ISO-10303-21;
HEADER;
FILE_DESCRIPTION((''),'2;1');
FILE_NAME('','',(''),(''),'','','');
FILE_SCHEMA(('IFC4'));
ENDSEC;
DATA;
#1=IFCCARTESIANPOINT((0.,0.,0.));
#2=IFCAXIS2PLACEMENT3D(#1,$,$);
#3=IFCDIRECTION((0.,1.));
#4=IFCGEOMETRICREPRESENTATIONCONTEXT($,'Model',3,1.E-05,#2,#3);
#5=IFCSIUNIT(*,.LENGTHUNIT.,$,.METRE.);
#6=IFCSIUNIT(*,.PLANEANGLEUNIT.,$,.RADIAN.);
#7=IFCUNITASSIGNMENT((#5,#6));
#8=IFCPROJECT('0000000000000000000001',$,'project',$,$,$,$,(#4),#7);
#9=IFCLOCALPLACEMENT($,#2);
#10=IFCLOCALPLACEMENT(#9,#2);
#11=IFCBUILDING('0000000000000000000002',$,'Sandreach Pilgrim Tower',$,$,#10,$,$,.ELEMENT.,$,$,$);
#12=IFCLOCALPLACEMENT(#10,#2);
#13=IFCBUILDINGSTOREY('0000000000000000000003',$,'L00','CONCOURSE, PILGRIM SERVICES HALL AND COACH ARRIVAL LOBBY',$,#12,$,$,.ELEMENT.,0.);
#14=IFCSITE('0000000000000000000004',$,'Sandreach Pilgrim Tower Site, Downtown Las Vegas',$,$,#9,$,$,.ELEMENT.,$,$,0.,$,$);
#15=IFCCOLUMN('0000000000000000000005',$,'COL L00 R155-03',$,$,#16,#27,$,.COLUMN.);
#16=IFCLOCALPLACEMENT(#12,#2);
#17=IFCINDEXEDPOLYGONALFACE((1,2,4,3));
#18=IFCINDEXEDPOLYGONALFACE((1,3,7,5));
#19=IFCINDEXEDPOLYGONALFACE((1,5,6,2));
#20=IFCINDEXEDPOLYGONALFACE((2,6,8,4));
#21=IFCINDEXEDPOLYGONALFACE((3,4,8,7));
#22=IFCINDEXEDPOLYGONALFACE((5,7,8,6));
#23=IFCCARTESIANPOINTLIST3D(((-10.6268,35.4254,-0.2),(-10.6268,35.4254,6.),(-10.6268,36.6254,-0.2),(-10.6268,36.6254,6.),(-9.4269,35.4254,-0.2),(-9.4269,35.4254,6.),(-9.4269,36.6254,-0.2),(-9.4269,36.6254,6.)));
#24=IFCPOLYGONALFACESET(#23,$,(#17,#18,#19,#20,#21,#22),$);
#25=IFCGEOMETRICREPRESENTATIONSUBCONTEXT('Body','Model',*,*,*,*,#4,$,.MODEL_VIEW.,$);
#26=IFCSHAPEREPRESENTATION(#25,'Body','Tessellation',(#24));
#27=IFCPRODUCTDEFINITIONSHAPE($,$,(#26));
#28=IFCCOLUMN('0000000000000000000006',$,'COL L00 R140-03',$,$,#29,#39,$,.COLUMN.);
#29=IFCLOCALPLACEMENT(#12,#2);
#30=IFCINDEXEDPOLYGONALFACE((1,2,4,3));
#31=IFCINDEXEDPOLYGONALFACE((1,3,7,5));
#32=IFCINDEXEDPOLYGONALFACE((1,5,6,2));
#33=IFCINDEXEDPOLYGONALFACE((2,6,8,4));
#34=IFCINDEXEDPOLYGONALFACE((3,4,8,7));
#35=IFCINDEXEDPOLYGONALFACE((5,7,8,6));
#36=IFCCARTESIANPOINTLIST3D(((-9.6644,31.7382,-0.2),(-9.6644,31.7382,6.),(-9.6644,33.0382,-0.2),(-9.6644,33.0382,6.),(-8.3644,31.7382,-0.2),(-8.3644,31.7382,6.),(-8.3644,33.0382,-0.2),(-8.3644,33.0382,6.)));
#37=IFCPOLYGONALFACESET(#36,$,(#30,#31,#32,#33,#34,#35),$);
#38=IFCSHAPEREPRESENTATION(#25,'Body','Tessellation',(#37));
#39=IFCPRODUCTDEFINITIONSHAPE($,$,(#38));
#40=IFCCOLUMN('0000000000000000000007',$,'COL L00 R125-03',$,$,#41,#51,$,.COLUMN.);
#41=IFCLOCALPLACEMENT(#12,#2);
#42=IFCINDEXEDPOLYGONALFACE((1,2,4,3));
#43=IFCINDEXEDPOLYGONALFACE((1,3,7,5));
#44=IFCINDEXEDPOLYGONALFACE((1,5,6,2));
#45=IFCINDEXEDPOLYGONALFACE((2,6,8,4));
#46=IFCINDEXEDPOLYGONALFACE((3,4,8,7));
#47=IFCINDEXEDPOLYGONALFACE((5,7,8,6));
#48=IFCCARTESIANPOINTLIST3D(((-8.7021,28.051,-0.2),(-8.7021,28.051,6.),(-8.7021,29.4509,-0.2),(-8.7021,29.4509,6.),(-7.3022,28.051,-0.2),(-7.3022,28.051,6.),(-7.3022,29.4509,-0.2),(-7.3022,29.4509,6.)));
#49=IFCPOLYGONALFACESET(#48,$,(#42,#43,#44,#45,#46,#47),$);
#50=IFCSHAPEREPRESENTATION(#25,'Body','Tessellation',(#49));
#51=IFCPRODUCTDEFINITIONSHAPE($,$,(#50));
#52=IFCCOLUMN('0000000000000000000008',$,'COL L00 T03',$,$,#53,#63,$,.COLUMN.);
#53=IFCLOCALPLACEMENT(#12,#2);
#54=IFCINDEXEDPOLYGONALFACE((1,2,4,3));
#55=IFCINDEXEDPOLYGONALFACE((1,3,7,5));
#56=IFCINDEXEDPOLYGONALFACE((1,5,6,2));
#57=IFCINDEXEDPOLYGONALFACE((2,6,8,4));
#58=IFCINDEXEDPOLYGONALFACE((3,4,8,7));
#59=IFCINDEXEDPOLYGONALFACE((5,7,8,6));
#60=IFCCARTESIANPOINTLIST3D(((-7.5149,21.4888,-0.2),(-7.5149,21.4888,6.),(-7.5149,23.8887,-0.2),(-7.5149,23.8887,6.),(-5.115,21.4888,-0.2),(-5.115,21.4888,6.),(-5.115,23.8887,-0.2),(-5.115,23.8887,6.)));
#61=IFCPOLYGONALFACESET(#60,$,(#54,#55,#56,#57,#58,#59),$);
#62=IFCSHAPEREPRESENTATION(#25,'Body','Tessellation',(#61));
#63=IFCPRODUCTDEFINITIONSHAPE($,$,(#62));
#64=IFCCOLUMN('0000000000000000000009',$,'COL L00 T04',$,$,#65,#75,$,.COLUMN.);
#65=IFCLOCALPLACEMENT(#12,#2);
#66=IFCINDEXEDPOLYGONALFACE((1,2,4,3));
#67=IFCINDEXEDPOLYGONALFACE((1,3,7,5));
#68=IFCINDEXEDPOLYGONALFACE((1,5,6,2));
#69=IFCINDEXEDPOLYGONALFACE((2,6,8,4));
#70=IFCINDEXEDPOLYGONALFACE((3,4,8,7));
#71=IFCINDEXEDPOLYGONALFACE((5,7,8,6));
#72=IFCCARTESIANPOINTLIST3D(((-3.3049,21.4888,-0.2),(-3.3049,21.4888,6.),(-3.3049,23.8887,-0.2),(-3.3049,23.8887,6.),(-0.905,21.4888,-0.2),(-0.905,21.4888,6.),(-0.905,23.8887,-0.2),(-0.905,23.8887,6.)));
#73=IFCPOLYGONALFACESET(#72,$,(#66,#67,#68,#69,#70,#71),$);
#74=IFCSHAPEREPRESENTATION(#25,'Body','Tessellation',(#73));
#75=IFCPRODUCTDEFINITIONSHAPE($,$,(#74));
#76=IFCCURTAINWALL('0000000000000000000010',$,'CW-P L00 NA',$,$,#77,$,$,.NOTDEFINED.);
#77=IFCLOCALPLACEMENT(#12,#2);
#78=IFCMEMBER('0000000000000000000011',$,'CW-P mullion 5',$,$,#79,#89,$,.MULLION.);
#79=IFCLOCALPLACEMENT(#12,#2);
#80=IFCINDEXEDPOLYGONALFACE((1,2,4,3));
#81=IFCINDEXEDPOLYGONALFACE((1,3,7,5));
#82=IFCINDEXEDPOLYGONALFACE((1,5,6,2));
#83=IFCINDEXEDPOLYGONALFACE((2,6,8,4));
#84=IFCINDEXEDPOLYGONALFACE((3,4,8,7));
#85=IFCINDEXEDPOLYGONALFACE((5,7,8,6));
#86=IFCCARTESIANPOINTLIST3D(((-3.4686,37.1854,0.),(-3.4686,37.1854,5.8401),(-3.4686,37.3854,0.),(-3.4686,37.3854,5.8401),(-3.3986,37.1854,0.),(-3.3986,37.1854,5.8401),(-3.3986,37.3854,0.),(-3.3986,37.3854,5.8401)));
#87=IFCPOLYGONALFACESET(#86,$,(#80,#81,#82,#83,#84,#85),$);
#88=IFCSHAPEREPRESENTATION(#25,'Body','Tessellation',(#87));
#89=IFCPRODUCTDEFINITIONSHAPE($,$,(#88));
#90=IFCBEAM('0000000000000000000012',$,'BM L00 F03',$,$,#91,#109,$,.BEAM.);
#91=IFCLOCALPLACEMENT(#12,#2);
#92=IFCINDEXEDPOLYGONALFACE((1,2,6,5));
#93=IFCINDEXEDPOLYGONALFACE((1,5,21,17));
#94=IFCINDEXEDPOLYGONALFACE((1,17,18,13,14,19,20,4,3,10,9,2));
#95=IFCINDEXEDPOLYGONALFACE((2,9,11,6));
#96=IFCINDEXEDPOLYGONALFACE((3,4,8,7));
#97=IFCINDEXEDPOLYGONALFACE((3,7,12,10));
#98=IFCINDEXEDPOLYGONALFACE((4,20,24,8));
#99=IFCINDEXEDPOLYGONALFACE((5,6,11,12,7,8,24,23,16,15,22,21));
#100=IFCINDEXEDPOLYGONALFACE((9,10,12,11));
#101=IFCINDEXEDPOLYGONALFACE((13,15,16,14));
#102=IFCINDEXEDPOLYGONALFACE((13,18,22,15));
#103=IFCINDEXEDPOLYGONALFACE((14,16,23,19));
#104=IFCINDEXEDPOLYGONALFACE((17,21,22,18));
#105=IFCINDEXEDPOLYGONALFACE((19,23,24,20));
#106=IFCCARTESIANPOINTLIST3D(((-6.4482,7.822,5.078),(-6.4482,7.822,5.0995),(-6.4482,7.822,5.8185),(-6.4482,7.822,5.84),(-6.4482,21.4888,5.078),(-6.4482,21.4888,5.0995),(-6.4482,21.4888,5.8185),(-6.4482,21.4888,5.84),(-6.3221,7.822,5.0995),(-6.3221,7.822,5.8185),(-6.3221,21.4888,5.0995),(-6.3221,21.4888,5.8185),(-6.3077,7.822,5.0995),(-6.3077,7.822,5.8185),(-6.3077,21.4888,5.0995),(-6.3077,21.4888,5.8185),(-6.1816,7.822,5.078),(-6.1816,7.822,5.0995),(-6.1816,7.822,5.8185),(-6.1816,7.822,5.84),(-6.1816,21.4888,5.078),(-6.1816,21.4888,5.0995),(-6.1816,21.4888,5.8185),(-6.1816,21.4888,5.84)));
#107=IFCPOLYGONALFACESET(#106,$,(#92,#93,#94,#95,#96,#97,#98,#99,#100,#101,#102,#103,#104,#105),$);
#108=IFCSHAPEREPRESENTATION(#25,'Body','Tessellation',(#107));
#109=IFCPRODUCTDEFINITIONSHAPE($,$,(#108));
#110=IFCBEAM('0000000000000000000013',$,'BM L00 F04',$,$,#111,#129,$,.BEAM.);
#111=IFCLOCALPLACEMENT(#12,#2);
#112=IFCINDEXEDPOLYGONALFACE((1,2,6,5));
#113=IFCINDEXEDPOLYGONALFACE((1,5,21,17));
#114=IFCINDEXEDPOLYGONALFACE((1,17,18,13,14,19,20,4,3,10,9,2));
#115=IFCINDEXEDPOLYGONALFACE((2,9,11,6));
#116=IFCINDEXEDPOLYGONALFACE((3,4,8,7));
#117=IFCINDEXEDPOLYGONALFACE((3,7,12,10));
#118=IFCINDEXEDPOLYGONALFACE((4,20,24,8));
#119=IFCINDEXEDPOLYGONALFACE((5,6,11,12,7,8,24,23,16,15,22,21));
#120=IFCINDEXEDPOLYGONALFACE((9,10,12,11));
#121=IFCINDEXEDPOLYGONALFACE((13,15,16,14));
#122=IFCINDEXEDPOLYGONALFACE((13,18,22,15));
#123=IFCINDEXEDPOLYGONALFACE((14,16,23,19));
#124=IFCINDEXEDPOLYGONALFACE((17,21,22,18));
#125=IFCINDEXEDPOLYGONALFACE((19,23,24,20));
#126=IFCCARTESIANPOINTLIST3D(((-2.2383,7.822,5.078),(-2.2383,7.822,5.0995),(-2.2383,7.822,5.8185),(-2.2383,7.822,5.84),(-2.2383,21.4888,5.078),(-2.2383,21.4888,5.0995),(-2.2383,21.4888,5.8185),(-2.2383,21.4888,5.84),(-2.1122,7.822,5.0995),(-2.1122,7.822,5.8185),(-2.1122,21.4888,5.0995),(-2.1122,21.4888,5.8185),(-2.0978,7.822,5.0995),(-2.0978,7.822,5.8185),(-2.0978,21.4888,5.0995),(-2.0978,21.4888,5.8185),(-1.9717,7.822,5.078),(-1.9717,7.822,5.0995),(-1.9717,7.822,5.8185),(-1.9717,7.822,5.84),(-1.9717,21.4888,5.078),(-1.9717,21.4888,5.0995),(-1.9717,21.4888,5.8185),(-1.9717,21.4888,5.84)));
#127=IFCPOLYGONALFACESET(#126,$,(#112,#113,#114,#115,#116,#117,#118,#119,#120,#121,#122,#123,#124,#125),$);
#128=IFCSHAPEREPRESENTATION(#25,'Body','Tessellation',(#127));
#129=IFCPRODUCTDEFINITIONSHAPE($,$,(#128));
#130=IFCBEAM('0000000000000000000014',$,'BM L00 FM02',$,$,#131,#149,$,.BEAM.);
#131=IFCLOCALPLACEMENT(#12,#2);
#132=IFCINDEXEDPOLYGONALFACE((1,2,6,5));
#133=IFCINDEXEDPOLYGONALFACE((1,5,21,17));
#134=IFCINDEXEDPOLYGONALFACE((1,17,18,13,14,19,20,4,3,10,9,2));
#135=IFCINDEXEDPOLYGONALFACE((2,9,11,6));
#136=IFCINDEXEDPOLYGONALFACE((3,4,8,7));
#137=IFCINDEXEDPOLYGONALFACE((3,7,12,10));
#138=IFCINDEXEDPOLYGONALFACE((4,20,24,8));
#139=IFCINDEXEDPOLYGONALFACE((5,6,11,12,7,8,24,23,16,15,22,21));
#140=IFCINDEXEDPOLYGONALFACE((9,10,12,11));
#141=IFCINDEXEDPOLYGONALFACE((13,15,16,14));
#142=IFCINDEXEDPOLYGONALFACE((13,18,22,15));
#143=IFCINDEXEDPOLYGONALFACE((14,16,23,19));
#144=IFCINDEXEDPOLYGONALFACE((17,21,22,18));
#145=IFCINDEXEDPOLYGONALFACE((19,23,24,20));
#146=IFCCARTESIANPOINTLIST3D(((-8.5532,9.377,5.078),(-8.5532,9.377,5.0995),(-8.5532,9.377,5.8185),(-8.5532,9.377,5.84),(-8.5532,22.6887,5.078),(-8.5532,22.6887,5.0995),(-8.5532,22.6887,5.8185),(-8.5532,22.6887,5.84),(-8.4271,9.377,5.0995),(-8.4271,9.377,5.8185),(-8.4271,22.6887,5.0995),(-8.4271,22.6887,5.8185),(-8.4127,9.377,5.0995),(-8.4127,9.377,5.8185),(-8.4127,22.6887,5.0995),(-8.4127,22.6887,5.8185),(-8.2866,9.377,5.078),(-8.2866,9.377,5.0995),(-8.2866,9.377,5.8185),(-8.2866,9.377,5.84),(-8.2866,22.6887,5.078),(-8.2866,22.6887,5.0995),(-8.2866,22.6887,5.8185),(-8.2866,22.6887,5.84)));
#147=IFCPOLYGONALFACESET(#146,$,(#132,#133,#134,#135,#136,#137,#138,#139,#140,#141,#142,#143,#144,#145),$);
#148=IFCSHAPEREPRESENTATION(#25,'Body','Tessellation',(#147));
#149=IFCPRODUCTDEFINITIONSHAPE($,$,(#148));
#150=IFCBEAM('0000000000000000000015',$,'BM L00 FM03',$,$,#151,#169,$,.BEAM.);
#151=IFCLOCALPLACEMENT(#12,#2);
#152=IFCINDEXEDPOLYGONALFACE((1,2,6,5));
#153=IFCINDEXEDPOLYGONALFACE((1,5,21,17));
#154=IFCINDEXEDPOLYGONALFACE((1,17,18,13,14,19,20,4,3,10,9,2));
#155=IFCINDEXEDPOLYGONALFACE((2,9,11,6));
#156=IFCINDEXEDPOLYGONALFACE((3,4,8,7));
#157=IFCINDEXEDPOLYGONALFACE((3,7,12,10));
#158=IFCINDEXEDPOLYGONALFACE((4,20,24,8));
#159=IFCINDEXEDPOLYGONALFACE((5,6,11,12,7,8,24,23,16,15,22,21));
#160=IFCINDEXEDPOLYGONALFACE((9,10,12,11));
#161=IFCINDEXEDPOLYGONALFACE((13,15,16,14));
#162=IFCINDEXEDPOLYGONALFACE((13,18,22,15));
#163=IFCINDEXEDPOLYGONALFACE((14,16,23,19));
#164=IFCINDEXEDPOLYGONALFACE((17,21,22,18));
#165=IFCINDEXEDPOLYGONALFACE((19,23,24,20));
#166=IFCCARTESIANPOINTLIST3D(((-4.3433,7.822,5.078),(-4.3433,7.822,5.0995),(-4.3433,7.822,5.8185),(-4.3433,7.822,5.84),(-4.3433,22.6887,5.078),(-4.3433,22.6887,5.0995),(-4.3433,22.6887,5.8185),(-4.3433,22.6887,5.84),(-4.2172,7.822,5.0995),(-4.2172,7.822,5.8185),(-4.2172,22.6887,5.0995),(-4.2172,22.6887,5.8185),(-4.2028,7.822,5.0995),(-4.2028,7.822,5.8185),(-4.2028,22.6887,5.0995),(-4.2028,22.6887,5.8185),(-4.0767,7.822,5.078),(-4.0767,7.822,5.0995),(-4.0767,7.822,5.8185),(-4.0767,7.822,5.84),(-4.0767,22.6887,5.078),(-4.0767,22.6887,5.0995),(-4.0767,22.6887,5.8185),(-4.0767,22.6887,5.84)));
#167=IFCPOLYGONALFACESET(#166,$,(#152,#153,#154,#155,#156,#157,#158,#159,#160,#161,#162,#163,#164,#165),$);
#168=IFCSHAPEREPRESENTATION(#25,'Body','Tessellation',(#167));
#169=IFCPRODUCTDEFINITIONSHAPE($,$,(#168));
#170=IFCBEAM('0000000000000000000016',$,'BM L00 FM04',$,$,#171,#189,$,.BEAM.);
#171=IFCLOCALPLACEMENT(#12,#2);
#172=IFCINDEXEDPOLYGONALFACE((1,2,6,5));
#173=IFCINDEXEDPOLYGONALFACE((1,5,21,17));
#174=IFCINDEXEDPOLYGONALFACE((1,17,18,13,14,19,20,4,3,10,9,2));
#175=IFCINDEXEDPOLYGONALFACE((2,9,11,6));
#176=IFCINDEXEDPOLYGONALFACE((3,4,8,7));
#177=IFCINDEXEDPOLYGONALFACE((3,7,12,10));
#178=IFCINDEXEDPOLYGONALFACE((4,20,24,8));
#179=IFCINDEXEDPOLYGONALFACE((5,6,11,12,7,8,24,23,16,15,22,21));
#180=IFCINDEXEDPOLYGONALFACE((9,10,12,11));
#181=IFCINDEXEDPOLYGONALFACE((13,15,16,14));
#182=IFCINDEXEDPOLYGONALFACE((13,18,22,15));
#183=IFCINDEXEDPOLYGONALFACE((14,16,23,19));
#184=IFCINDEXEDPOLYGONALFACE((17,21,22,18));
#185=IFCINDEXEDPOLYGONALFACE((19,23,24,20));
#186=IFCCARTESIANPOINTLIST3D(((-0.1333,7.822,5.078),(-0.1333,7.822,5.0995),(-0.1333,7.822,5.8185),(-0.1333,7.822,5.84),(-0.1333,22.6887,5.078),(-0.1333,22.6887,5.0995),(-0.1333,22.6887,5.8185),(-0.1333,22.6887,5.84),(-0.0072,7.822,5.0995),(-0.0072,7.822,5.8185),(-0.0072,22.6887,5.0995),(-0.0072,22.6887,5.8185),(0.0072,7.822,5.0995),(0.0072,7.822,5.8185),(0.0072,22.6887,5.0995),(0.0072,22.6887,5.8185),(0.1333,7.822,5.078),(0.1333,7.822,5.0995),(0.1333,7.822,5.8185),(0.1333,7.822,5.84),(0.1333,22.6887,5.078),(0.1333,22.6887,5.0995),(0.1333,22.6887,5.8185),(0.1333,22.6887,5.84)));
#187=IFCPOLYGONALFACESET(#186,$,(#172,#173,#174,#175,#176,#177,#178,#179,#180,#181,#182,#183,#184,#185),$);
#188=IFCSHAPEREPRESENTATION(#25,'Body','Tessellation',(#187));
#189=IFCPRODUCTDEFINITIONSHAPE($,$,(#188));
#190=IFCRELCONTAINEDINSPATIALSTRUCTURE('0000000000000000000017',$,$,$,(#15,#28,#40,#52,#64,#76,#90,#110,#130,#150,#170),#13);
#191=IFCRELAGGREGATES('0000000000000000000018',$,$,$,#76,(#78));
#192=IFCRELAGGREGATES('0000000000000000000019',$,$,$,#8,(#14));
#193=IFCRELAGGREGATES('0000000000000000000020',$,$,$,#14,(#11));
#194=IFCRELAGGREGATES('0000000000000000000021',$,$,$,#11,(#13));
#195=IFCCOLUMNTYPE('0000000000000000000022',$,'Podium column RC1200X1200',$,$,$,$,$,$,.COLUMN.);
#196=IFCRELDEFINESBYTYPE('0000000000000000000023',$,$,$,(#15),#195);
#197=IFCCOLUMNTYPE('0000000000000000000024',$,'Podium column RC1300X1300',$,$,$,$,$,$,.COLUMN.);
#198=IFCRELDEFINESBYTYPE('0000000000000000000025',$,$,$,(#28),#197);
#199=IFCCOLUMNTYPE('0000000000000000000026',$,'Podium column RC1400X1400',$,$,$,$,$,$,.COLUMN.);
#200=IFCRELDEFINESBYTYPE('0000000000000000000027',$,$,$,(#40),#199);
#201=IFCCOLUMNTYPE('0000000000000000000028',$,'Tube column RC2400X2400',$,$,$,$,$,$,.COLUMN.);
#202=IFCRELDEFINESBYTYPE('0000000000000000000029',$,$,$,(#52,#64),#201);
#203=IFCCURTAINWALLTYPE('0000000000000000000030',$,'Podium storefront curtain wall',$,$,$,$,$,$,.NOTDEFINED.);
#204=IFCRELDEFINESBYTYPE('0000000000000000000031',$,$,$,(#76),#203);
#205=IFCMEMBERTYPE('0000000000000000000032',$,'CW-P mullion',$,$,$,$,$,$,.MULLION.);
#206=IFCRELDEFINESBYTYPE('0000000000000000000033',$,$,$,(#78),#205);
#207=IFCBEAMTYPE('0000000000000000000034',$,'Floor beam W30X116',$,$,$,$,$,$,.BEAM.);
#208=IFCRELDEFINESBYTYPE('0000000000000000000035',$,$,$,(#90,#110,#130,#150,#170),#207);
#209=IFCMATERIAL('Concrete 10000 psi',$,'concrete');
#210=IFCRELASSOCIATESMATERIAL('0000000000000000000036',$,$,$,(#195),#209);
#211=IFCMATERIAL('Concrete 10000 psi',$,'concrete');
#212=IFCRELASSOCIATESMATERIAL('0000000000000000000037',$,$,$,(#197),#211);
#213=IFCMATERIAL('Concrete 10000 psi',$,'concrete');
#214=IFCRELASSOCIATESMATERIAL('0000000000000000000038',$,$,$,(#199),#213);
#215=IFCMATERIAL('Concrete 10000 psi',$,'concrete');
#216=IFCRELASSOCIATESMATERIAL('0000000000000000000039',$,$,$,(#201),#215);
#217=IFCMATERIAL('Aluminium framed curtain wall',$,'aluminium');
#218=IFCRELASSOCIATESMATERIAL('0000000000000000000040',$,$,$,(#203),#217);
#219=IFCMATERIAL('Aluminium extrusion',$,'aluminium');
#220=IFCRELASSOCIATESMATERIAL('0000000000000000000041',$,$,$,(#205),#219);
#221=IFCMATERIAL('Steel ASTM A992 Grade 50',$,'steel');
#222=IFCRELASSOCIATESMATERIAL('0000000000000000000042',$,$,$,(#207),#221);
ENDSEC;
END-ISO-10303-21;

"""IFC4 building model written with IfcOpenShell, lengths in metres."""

from ifc_helpers import new_model, si_unit, direction, frame, origin, origin_2d, place, context, subcontext, project, spatial, rectangle, i_section, extrude, material, material_profile, profile_set, type_object, element, aggregate, save


model = new_model("IFC4")

# Units and contexts
model_context = context("Model", 3, precision=1e-05, world=origin(), true_north=direction((0.0, 1.0)))
body_context = subcontext(model_context, "Body", "Model", "MODEL_VIEW")
ifc_project = project(units=[si_unit("LENGTHUNIT", "METRE"), si_unit("PLANEANGLEUNIT", "RADIAN")], contexts=[model_context])

# Site, building, storey
site_placement = place(None, origin())
site = spatial("IfcSite", under=ifc_project, at=site_placement, Name="Sandreach Pilgrim Tower Site, Downtown Las Vegas", CompositionType="ELEMENT", RefElevation=0.0)
building_placement = place(site_placement, origin())
building = spatial("IfcBuilding", under=site, at=building_placement, Name="Sandreach Pilgrim Tower", CompositionType="ELEMENT")
storey_placement = place(building_placement, origin())
storey = spatial("IfcBuildingStorey", under=building, at=storey_placement, Name="L00", Description="CONCOURSE, PILGRIM SERVICES HALL AND COACH ARRIVAL LOBBY", CompositionType="ELEMENT", Elevation=0.0)

# Columns
ifc_material_1 = material(Name="Concrete 10000 psi", Category="concrete")
ifc_material_profile_1 = material_profile(ifc_material_1, rectangle(XDim=1.2, YDim=1.2, at=origin_2d()), Name="RC1200X1200")
ifc_profile_set_1 = profile_set([ifc_material_profile_1], Name="Concrete 10000 psi")
column_type_1 = type_object("IfcColumnType", Name="Podium column RC1200X1200", PredefinedType="COLUMN", material=ifc_profile_set_1)
column_1_placement = place(storey_placement, frame((-10.0269, 36.0254, -0.2), z_axis=(0.0, 0.0, 1.0), x_axis=(0.0, 1.0, 0.0)))
element("IfcColumn", 1, at=column_1_placement, inside=storey, type_object=column_type_1, Name="COL L00 R155-03", PredefinedType="COLUMN", context=body_context, shape_type="SweptSolid", body=[
    extrude(rectangle(XDim=1.2, YDim=1.2, at=origin_2d()), origin(), (0.0, 0.0, 1.0), 6.2),
])
ifc_material_2 = material(Name="Concrete 10000 psi", Category="concrete")
ifc_material_profile_2 = material_profile(ifc_material_2, rectangle(XDim=1.3, YDim=1.3, at=origin_2d()), Name="RC1300X1300")
ifc_profile_set_2 = profile_set([ifc_material_profile_2], Name="Concrete 10000 psi")
column_type_2 = type_object("IfcColumnType", Name="Podium column RC1300X1300", PredefinedType="COLUMN", material=ifc_profile_set_2)
column_2_placement = place(storey_placement, frame((-9.0144, 32.3882, -0.2), z_axis=(0.0, 0.0, 1.0), x_axis=(0.0, 1.0, 0.0)))
element("IfcColumn", 2, at=column_2_placement, inside=storey, type_object=column_type_2, Name="COL L00 R140-03", PredefinedType="COLUMN", context=body_context, shape_type="SweptSolid", body=[
    extrude(rectangle(XDim=1.3, YDim=1.3, at=origin_2d()), origin(), (0.0, 0.0, 1.0), 6.2),
])
ifc_material_3 = material(Name="Concrete 10000 psi", Category="concrete")
ifc_material_profile_3 = material_profile(ifc_material_3, rectangle(XDim=1.3999, YDim=1.3999, at=origin_2d()), Name="RC1400X1400")
ifc_profile_set_3 = profile_set([ifc_material_profile_3], Name="Concrete 10000 psi")
column_type_3 = type_object("IfcColumnType", Name="Podium column RC1400X1400", PredefinedType="COLUMN", material=ifc_profile_set_3)
column_3_placement = place(storey_placement, frame((-8.0022, 28.751, -0.2), z_axis=(0.0, 0.0, 1.0), x_axis=(0.0, 1.0, 0.0)))
element("IfcColumn", 3, at=column_3_placement, inside=storey, type_object=column_type_3, Name="COL L00 R125-03", PredefinedType="COLUMN", context=body_context, shape_type="SweptSolid", body=[
    extrude(rectangle(XDim=1.3999, YDim=1.3999, at=origin_2d()), origin(), (0.0, 0.0, 1.0), 6.2),
])
ifc_material_4 = material(Name="Concrete 10000 psi", Category="concrete")
ifc_material_profile_4 = material_profile(ifc_material_4, rectangle(XDim=2.3999, YDim=2.3999, at=origin_2d()), Name="RC2400X2400")
ifc_profile_set_4 = profile_set([ifc_material_profile_4], Name="Concrete 10000 psi")
column_type_4 = type_object("IfcColumnType", Name="Tube column RC2400X2400", PredefinedType="COLUMN", material=ifc_profile_set_4)
for number, where, z_axis, x_axis, name in (
    (4, (-6.3149, 22.6887, -0.2), (0.0, 0.0, 1.0), (0.0, 1.0, 0.0), "COL L00 T03"),
    (5, (-2.105, 22.6887, -0.2), (0.0, 0.0, 1.0), (0.0, 1.0, 0.0), "COL L00 T04"),
):
    element("IfcColumn", number, at=place(storey_placement, frame(where, z_axis=z_axis, x_axis=x_axis)), inside=storey, type_object=column_type_4, Name=name, PredefinedType="COLUMN", context=body_context, shape_type="SweptSolid", body=[
        extrude(rectangle(XDim=2.3999, YDim=2.3999, at=origin_2d()), origin(), (0.0, 0.0, 1.0), 6.2),
    ])

# Curtain wall, member
ifc_material_5 = material(Name="Aluminium framed curtain wall", Category="aluminium")
curtain_wall_type = type_object("IfcCurtainWallType", Name="Podium storefront curtain wall", PredefinedType="NOTDEFINED", material=ifc_material_5)
curtain_wall_placement = place(storey_placement, origin())
curtain_wall = element("IfcCurtainWall", 6, at=curtain_wall_placement, inside=storey, type_object=curtain_wall_type, Name="CW-P L00 NA", PredefinedType="NOTDEFINED")
ifc_material_6 = material(Name="Aluminium extrusion", Category="aluminium")
ifc_material_profile_5 = material_profile(ifc_material_6, rectangle(XDim=0.0701, YDim=0.2, at=origin_2d()), Name="CW-PM 70X200")
ifc_profile_set_5 = profile_set([ifc_material_profile_5], Name="Aluminium extrusion")
member_type = type_object("IfcMemberType", Name="CW-P mullion", PredefinedType="MULLION", material=ifc_profile_set_5)
member_placement = place(storey_placement, frame((-3.4336, 37.2854, 0.0), z_axis=(0.0, 0.0, 1.0), x_axis=(1.0, 0.0, 0.0)))
member = element("IfcMember", 7, at=member_placement, type_object=member_type, Name="CW-P mullion 5", PredefinedType="MULLION", context=body_context, shape_type="SweptSolid", body=[
    extrude(rectangle(XDim=0.0701, YDim=0.2, at=origin_2d()), origin(), (0.0, 0.0, 1.0), 5.8401),
])

# Beams
ifc_material_7 = material(Name="Steel ASTM A992 Grade 50", Category="steel")
ifc_material_profile_6 = material_profile(ifc_material_7, i_section(OverallWidth=0.2666, OverallDepth=0.762, WebThickness=0.0144, FlangeThickness=0.0215, at=origin_2d()), Name="W30X116")
ifc_profile_set_6 = profile_set([ifc_material_profile_6], Name="Steel ASTM A992 Grade 50")
beam_type_1 = type_object("IfcBeamType", Name="Floor beam W30X116", PredefinedType="BEAM", material=ifc_profile_set_6)
for number, where, z_axis, x_axis, name in (
    (8, (-6.3149, 21.4888, 5.459), (0.0, -1.0, 0.0), (1.0, 0.0, 0.0), "BM L00 F03"),
    (9, (-2.105, 21.4888, 5.459), (0.0, -1.0, 0.0), (1.0, 0.0, 0.0), "BM L00 F04"),
):
    element("IfcBeam", number, at=place(storey_placement, frame(where, z_axis=z_axis, x_axis=x_axis)), inside=storey, type_object=beam_type_1, Name=name, PredefinedType="BEAM", context=body_context, shape_type="SweptSolid", body=[
        extrude(i_section(OverallWidth=0.2666, OverallDepth=0.762, WebThickness=0.0144, FlangeThickness=0.0215, at=origin_2d()), origin(), (0.0, 0.0, 1.0), 13.6667),
    ])
beam_1_placement = place(storey_placement, frame((-8.4199, 22.6887, 5.459), z_axis=(0.0, -1.0, 0.0), x_axis=(1.0, 0.0, 0.0)))
element("IfcBeam", 10, at=beam_1_placement, inside=storey, type_object=beam_type_1, Name="BM L00 FM02", PredefinedType="BEAM", context=body_context, shape_type="SweptSolid", body=[
    extrude(i_section(OverallWidth=0.2666, OverallDepth=0.762, WebThickness=0.0144, FlangeThickness=0.0215, at=origin_2d()), origin(), (0.0, 0.0, 1.0), 13.3118),
])
for number, where, z_axis, x_axis, name in (
    (11, (-4.21, 22.6887, 5.459), (0.0, -1.0, 0.0), (1.0, 0.0, 0.0), "BM L00 FM03"),
    (12, (0.0, 22.6887, 5.459), (0.0, -1.0, 0.0), (1.0, 0.0, 0.0), "BM L00 FM04"),
):
    element("IfcBeam", number, at=place(storey_placement, frame(where, z_axis=z_axis, x_axis=x_axis)), inside=storey, type_object=beam_type_1, Name=name, PredefinedType="BEAM", context=body_context, shape_type="SweptSolid", body=[
        extrude(i_section(OverallWidth=0.2666, OverallDepth=0.762, WebThickness=0.0144, FlangeThickness=0.0215, at=origin_2d()), origin(), (0.0, 0.0, 1.0), 14.8667),
    ])

aggregate(curtain_wall, [member])

save(model, "model.ifc")
